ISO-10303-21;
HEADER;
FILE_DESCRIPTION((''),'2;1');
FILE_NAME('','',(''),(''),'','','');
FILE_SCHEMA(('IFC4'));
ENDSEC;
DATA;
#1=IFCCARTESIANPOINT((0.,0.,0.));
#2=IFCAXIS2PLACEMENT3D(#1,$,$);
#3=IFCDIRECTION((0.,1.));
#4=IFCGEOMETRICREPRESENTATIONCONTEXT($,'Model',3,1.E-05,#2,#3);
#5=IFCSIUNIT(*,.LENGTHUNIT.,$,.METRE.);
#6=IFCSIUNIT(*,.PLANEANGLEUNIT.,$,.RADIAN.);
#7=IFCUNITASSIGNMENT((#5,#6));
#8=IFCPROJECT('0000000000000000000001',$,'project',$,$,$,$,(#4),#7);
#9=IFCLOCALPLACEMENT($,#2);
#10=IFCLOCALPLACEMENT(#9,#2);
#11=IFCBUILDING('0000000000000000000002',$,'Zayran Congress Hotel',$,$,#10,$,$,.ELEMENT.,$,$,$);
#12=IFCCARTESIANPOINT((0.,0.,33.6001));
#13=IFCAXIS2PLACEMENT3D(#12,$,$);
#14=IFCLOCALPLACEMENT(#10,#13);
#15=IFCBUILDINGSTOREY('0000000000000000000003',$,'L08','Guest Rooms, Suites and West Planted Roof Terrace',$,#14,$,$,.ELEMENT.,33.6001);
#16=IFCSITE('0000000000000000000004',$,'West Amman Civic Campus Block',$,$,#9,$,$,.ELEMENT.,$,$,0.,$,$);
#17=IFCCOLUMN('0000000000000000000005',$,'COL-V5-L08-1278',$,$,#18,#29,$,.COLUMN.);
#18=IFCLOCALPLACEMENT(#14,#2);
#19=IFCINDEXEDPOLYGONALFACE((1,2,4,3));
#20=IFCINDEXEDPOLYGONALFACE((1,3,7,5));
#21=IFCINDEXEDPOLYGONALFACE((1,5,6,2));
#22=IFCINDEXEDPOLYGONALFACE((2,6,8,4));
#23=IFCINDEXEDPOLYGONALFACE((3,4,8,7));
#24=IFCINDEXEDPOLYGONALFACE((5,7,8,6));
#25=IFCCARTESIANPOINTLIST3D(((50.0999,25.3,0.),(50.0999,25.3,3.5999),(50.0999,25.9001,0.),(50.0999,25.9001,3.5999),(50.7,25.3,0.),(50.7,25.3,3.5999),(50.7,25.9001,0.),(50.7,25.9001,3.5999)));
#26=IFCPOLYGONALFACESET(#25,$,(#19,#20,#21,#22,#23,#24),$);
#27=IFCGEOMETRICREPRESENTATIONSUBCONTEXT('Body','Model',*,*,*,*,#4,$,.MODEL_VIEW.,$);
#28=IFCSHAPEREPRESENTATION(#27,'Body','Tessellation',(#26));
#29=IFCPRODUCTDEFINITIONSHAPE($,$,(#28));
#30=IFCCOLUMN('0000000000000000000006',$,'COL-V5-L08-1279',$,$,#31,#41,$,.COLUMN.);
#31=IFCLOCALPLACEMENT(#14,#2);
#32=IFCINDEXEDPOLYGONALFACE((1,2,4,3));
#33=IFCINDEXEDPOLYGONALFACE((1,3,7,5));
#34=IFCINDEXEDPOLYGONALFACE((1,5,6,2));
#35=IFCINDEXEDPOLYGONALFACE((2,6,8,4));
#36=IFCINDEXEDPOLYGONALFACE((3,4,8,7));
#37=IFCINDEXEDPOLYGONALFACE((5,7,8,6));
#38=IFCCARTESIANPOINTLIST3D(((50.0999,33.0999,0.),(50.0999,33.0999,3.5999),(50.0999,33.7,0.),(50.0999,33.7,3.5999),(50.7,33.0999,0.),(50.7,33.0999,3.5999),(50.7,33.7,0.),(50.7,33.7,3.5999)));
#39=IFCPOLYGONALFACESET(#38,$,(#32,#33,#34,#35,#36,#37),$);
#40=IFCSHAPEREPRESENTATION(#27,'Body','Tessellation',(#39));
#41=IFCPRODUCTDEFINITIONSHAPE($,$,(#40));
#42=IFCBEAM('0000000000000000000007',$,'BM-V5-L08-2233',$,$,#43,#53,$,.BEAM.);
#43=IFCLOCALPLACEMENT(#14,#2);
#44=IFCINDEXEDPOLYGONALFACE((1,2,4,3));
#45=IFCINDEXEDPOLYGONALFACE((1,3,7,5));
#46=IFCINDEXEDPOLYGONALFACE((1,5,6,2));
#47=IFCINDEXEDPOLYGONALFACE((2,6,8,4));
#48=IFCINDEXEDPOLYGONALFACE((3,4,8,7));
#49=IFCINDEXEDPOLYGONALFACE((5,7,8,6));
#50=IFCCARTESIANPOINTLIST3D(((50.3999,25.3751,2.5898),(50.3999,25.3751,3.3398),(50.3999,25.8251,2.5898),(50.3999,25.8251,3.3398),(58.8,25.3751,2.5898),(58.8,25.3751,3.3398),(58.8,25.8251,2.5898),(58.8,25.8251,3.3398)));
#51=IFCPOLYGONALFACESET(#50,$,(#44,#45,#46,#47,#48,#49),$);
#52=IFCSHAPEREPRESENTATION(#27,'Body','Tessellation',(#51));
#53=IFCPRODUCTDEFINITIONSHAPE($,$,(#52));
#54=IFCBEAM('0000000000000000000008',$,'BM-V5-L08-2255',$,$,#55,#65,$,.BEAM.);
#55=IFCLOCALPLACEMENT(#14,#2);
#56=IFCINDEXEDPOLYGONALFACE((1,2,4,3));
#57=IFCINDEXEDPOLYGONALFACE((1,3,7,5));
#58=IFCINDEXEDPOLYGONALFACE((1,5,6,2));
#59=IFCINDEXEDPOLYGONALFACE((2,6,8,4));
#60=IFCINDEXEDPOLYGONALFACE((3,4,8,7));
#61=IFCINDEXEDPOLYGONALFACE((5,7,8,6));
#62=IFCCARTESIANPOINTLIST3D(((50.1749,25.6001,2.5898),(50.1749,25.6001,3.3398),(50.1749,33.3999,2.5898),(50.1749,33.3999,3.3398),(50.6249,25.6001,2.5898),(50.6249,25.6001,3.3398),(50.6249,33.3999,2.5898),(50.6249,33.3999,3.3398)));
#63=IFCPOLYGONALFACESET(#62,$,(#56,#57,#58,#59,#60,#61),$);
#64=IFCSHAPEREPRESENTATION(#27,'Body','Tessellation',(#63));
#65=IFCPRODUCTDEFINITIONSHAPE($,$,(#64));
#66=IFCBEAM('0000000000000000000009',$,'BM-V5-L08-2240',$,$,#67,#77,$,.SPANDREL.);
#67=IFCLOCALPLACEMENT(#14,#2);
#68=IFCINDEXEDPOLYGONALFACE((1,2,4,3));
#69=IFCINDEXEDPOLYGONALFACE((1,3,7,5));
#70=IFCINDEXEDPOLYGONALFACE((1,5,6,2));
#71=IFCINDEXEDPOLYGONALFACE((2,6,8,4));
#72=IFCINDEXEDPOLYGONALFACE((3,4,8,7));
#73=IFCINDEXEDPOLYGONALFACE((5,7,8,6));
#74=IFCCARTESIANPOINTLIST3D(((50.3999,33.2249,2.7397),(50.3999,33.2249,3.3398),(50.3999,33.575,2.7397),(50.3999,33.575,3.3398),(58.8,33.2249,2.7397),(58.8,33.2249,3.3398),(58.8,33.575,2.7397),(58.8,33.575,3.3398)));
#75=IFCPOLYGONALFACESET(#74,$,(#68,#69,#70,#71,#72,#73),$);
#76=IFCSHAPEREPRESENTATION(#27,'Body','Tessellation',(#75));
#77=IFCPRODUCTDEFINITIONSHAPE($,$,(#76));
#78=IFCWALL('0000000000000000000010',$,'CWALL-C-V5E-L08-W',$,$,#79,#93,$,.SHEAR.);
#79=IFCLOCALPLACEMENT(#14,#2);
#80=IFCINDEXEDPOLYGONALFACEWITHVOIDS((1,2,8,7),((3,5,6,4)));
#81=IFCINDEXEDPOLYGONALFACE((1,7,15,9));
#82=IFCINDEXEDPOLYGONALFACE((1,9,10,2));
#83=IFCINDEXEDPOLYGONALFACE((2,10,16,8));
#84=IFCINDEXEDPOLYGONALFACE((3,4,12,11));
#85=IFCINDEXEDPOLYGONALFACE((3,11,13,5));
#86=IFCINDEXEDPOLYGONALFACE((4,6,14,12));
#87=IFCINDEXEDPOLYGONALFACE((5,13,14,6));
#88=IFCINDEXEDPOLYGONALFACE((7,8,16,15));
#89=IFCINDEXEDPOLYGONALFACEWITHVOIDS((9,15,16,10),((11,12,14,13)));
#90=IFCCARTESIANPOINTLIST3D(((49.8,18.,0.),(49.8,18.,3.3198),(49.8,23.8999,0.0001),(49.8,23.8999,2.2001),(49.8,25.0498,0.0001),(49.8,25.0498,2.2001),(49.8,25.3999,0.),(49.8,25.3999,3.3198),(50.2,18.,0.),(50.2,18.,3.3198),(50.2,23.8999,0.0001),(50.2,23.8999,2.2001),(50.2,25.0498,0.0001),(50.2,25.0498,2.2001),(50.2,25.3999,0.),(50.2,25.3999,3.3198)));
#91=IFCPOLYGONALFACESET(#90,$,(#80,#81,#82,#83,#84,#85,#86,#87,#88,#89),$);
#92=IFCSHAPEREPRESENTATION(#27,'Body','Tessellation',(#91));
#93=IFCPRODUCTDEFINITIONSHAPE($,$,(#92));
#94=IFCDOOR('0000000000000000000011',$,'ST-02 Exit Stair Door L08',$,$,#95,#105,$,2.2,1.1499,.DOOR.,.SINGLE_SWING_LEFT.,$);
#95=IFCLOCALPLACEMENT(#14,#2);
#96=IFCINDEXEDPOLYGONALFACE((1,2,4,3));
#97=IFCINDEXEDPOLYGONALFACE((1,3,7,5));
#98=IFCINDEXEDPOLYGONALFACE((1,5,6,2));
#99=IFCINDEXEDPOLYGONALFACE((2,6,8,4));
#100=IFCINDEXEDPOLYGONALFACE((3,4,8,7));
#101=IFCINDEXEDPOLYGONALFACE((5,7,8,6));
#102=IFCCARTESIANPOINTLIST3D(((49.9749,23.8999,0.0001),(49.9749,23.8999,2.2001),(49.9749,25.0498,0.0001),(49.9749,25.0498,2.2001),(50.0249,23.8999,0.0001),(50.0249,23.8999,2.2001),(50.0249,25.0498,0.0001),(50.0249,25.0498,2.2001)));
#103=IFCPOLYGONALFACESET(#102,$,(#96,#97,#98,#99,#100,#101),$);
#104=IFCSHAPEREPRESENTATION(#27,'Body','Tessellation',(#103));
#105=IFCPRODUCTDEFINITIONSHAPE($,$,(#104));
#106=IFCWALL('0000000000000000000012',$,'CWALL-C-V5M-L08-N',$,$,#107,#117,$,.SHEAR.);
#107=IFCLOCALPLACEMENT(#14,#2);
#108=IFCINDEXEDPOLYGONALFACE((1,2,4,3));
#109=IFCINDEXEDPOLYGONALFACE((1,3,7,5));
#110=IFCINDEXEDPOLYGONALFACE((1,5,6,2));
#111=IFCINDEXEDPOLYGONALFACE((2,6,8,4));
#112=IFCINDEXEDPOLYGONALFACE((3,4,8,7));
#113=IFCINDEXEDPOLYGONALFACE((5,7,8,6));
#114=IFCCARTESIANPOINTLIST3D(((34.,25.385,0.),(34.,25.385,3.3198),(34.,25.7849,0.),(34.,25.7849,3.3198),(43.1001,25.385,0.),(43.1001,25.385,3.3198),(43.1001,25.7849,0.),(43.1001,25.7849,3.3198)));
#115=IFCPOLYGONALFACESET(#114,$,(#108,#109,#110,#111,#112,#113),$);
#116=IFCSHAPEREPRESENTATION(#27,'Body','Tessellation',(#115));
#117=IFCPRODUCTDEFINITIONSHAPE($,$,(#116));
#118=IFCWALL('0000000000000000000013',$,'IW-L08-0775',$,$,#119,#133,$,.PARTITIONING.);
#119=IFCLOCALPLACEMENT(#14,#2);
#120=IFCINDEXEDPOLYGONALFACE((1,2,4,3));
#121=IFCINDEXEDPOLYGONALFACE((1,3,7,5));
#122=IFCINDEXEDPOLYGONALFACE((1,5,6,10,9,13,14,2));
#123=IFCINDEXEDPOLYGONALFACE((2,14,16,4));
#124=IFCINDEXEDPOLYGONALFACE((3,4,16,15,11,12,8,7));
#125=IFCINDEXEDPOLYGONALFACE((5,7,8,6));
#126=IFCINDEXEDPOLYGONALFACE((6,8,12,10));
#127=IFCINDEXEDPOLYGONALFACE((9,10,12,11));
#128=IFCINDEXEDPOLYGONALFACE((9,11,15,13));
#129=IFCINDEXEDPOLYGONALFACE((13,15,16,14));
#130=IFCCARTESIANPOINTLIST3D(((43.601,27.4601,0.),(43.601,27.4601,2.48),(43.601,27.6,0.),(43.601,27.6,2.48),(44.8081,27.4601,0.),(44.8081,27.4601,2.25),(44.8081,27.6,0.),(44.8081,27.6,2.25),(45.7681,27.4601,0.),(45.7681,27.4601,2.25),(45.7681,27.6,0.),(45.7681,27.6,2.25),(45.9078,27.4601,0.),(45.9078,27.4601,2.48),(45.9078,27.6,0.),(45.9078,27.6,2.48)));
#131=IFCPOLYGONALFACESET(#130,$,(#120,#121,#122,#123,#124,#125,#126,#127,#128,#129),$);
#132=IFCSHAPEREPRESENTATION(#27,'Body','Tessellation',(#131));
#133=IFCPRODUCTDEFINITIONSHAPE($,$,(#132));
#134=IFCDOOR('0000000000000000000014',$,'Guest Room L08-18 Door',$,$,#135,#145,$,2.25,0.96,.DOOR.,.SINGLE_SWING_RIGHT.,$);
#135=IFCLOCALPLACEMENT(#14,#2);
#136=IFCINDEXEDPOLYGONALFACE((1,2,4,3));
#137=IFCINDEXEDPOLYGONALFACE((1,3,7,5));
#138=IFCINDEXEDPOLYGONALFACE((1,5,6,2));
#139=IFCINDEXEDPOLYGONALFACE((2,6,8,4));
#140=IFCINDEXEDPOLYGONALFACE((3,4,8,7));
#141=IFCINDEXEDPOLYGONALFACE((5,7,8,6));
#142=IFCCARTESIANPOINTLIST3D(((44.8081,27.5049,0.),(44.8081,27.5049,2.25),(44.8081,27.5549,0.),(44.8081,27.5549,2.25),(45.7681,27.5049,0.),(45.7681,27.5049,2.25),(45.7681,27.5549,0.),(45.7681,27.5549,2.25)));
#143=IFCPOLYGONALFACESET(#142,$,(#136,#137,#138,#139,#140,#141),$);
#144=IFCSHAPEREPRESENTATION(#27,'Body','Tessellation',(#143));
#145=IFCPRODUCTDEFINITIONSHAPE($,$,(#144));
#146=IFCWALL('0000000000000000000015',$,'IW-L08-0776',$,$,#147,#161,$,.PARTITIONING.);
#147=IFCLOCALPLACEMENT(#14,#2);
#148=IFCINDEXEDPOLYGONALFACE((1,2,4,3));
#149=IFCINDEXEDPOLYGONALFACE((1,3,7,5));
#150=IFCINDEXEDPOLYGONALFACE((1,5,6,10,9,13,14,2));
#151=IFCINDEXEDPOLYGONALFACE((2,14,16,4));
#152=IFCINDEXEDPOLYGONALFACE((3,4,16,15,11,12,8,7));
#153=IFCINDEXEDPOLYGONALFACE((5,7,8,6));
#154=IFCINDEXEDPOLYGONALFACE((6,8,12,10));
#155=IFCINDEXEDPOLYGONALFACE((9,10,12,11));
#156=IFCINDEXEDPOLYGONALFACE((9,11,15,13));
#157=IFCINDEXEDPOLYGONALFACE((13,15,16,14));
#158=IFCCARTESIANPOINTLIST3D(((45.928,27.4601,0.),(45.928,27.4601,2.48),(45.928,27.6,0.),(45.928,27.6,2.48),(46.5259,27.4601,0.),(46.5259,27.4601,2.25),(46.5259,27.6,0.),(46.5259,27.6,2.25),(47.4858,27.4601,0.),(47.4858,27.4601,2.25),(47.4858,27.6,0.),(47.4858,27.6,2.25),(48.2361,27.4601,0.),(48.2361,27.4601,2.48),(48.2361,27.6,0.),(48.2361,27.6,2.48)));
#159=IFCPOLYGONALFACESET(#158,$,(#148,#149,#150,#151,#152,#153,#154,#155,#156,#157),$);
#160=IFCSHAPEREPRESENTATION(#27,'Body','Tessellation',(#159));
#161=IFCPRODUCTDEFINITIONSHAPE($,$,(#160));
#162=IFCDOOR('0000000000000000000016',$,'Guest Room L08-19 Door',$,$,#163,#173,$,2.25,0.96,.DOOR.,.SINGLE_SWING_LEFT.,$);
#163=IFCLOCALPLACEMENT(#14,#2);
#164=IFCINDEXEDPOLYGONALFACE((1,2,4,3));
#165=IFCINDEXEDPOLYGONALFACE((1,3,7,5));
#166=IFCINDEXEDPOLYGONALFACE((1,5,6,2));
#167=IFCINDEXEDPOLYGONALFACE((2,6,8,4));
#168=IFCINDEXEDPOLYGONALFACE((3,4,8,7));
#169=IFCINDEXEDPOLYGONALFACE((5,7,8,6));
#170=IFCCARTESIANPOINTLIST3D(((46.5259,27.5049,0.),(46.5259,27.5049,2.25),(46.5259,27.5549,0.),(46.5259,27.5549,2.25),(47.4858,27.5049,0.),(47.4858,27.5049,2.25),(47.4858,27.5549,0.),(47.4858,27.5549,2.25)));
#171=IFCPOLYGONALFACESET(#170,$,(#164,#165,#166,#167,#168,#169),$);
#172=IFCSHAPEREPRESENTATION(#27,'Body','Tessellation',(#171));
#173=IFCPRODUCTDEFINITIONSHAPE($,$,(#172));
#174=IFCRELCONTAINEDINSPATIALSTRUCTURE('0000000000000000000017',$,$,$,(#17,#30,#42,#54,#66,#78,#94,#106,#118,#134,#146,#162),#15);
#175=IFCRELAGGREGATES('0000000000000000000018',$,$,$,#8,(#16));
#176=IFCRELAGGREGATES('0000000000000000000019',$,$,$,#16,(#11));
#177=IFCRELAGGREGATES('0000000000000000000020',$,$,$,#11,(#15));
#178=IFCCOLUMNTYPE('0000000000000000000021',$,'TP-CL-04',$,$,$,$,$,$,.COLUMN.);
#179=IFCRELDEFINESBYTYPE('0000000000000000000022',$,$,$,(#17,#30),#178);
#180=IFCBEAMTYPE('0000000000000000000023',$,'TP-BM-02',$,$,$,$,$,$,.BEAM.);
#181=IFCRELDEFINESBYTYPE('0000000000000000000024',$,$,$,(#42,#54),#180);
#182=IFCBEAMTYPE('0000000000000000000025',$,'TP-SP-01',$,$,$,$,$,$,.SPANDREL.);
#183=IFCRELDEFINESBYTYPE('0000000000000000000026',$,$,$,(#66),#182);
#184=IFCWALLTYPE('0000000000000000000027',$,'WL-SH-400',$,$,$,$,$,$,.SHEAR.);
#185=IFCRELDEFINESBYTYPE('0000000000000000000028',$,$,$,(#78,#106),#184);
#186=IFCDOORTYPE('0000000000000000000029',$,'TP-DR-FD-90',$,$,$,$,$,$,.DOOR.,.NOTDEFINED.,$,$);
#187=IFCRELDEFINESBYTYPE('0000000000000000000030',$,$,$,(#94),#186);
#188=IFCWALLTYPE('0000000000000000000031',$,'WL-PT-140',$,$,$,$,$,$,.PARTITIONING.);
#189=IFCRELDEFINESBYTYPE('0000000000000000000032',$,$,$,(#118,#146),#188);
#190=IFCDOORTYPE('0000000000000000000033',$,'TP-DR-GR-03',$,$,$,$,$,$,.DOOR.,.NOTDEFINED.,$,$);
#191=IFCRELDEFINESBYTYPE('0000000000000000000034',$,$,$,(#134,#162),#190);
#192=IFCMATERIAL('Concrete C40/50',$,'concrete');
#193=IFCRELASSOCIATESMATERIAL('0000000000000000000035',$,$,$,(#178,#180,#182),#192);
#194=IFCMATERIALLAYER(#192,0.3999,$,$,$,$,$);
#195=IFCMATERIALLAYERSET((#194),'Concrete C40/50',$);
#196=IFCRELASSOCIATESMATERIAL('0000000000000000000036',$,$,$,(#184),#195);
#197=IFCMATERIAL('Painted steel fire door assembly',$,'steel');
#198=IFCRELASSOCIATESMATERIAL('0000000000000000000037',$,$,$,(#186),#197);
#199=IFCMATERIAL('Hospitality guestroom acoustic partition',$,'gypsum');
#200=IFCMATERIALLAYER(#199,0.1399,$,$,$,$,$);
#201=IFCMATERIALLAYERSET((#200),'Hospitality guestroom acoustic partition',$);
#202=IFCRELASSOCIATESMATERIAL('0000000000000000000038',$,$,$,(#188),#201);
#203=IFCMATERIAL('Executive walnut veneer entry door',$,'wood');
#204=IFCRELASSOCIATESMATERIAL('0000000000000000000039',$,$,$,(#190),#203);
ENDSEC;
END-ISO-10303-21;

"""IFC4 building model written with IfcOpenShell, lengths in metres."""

from ifc_helpers import new_model, si_unit, direction, frame, frame_2d, origin, origin_2d, place, context, subcontext, project, spatial, rectangle, extrude, material, layer, layer_set, material_profile, profile_set, type_object, element, fill, save


model = new_model("IFC4")

# Units and contexts
model_context = context("Model", 3, precision=1e-05, world=origin(), true_north=direction((0.0, 1.0)))
body_context = subcontext(model_context, "Body", "Model", "MODEL_VIEW")
ifc_project = project(units=[si_unit("LENGTHUNIT", "METRE"), si_unit("PLANEANGLEUNIT", "RADIAN")], contexts=[model_context])

# Site, building, storey
site_placement = place(None, origin())
site = spatial("IfcSite", under=ifc_project, at=site_placement, Name="West Amman Civic Campus Block", CompositionType="ELEMENT", RefElevation=0.0)
building_placement = place(site_placement, origin())
building = spatial("IfcBuilding", under=site, at=building_placement, Name="Zayran Congress Hotel", CompositionType="ELEMENT")
storey_placement = place(building_placement, frame((0.0, 0.0, 33.6001)))
storey = spatial("IfcBuildingStorey", under=building, at=storey_placement, Name="L08", Description="Guest Rooms, Suites and West Planted Roof Terrace", CompositionType="ELEMENT", Elevation=33.6001)

# Columns
ifc_material_1 = material(Name="Concrete C40/50", Category="concrete")
ifc_material_profile_1 = material_profile(ifc_material_1, rectangle(XDim=0.6001, YDim=0.6001, at=origin_2d()), Name="RC 600x600")
ifc_profile_set_1 = profile_set([ifc_material_profile_1], Name="Concrete C40/50")
column_type = type_object("IfcColumnType", Name="TP-CL-04", PredefinedType="COLUMN", material=ifc_profile_set_1)
for number, where, z_axis, x_axis, name in (
    (1, (50.3999, 25.6001, 0.0), (0.0, 0.0, 1.0), (1.0, 0.0, 0.0), "COL-V5-L08-1278"),
    (2, (50.3999, 33.3999, 0.0), (0.0, 0.0, 1.0), (1.0, 0.0, 0.0), "COL-V5-L08-1279"),
):
    element("IfcColumn", number, at=place(storey_placement, frame(where, z_axis=z_axis, x_axis=x_axis)), inside=storey, type_object=column_type, Name=name, PredefinedType="COLUMN", context=body_context, shape_type="SweptSolid", body=[
        extrude(rectangle(XDim=0.6001, YDim=0.6001, at=origin_2d()), origin(), (0.0, 0.0, 1.0), 3.5999),
    ])

# Beams
ifc_material_profile_2 = material_profile(ifc_material_1, rectangle(XDim=0.45, YDim=0.75, at=origin_2d()), Name="RC 450x750")
ifc_profile_set_2 = profile_set([ifc_material_profile_2], Name="Concrete C40/50")
beam_type_1 = type_object("IfcBeamType", Name="TP-BM-02", PredefinedType="BEAM", material=ifc_profile_set_2)
beam_1_placement = place(storey_placement, frame((50.3999, 25.6001, 2.9648), z_axis=(1.0, 0.0, 0.0), x_axis=(0.0, 1.0, 0.0)))
element("IfcBeam", 3, at=beam_1_placement, inside=storey, type_object=beam_type_1, Name="BM-V5-L08-2233", PredefinedType="BEAM", context=body_context, shape_type="SweptSolid", body=[
    extrude(rectangle(XDim=0.45, YDim=0.75, at=origin_2d()), origin(), (0.0, 0.0, 1.0), 8.4001),
])
beam_2_placement = place(storey_placement, frame((50.3999, 25.6001, 2.9648), z_axis=(0.0, 1.0, 0.0), x_axis=(-1.0, 0.0, 0.0)))
element("IfcBeam", 4, at=beam_2_placement, inside=storey, type_object=beam_type_1, Name="BM-V5-L08-2255", PredefinedType="BEAM", context=body_context, shape_type="SweptSolid", body=[
    extrude(rectangle(XDim=0.45, YDim=0.75, at=origin_2d()), origin(), (0.0, 0.0, 1.0), 7.7998),
])
ifc_material_profile_3 = material_profile(ifc_material_1, rectangle(XDim=0.3501, YDim=0.6001, at=origin_2d()), Name="RC 350x600")
ifc_profile_set_3 = profile_set([ifc_material_profile_3], Name="Concrete C40/50")
beam_type_2 = type_object("IfcBeamType", Name="TP-SP-01", PredefinedType="SPANDREL", material=ifc_profile_set_3)
beam_3_placement = place(storey_placement, frame((50.3999, 33.3999, 3.0398), z_axis=(1.0, 0.0, 0.0), x_axis=(0.0, 1.0, 0.0)))
element("IfcBeam", 5, at=beam_3_placement, inside=storey, type_object=beam_type_2, Name="BM-V5-L08-2240", PredefinedType="SPANDREL", context=body_context, shape_type="SweptSolid", body=[
    extrude(rectangle(XDim=0.3501, YDim=0.6001, at=origin_2d()), origin(), (0.0, 0.0, 1.0), 8.4001),
])

# Wall, opening, door
ifc_layer_1 = layer(ifc_material_1, 0.3999)
ifc_layer_set_1 = layer_set([ifc_layer_1], Name="Concrete C40/50")
wall_type_1 = type_object("IfcWallType", Name="WL-SH-400", PredefinedType="SHEAR", material=ifc_layer_set_1)
wall_1_placement = place(storey_placement, frame((50.0, 25.3999, 0.0), z_axis=(0.0, 0.0, 1.0), x_axis=(0.0, -1.0, 0.0)))
wall_1 = element("IfcWall", 6, at=wall_1_placement, inside=storey, type_object=wall_type_1, Name="CWALL-C-V5E-L08-W", PredefinedType="SHEAR", context=body_context, shape_type="SweptSolid", body=[
    extrude(rectangle(XDim=7.3999, YDim=0.3999, at=frame_2d((3.7, 0.0))), origin(), (0.0, 0.0, 1.0), 3.3198),
])
opening_1_placement = place(wall_1_placement, frame((0.3501, 0.0, 0.0)))
opening_1 = element("IfcOpeningElement", 7, at=opening_1_placement, cuts=wall_1, PredefinedType="OPENING", context=body_context, shape_type="SweptSolid", body=[
    extrude(rectangle(XDim=1.1499, YDim=2.2, at=frame_2d((0.575, 1.1001))), frame((0.0, 0.21, 0.0), z_axis=(0.0, -1.0, 0.0), x_axis=(1.0, 0.0, 0.0)), (0.0, 0.0, 1.0), 0.4199),
])
ifc_material_2 = material(Name="Painted steel fire door assembly", Category="steel")
door_type_1 = type_object("IfcDoorType", Name="TP-DR-FD-90", OperationType="NOTDEFINED", PredefinedType="DOOR", material=ifc_material_2)
door_1_placement = place(opening_1_placement, origin())
door_1 = element("IfcDoor", 8, at=door_1_placement, inside=storey, type_object=door_type_1, Name="ST-02 Exit Stair Door L08", OperationType="SINGLE_SWING_LEFT", OverallHeight=2.2, OverallWidth=1.1499, PredefinedType="DOOR", context=body_context, shape_type="SweptSolid", body=[
    extrude(rectangle(XDim=1.1499, YDim=2.2, at=frame_2d((0.575, 1.1001))), frame((0.0, 0.0249, 0.0), z_axis=(0.0, -1.0, 0.0), x_axis=(1.0, 0.0, 0.0)), (0.0, 0.0, 1.0), 0.05),
])
fill(opening_1, door_1)

# Wall
wall_2_placement = place(storey_placement, frame((43.1001, 25.585, 0.0), z_axis=(0.0, 0.0, 1.0), x_axis=(-1.0, 0.0, 0.0)))
element("IfcWall", 9, at=wall_2_placement, inside=storey, type_object=wall_type_1, Name="CWALL-C-V5M-L08-N", PredefinedType="SHEAR", context=body_context, shape_type="SweptSolid", body=[
    extrude(rectangle(XDim=9.1001, YDim=0.3999, at=frame_2d((4.55, 0.0))), origin(), (0.0, 0.0, 1.0), 3.3198),
])

# Walls, openings, doors
ifc_material_3 = material(Name="Hospitality guestroom acoustic partition", Category="gypsum")
ifc_layer_2 = layer(ifc_material_3, 0.1399)
ifc_layer_set_2 = layer_set([ifc_layer_2], Name="Hospitality guestroom acoustic partition")
wall_type_2 = type_object("IfcWallType", Name="WL-PT-140", PredefinedType="PARTITIONING", material=ifc_layer_set_2)
wall_3_placement = place(storey_placement, frame((43.6011, 27.53, 0.0), z_axis=(0.0, 0.0, 1.0), x_axis=(1.0, 0.0, 0.0)))
wall_3 = element("IfcWall", 10, at=wall_3_placement, inside=storey, type_object=wall_type_2, Name="IW-L08-0775", PredefinedType="PARTITIONING", context=body_context, shape_type="SweptSolid", body=[
    extrude(rectangle(XDim=2.3069, YDim=0.1399, at=frame_2d((1.1533, 0.0))), origin(), (0.0, 0.0, 1.0), 2.48),
])
opening_2_placement = place(wall_3_placement, frame((1.207, 0.0, 0.0)))
opening_2 = element("IfcOpeningElement", 11, at=opening_2_placement, cuts=wall_3, PredefinedType="OPENING", context=body_context, shape_type="SweptSolid", body=[
    extrude(rectangle(XDim=0.96, YDim=2.25, at=frame_2d((0.48, 1.125))), frame((0.0, 0.0798, 0.0), z_axis=(0.0, -1.0, 0.0), x_axis=(1.0, 0.0, 0.0)), (0.0, 0.0, 1.0), 0.1599),
])
ifc_material_4 = material(Name="Executive walnut veneer entry door", Category="wood")
door_type_2 = type_object("IfcDoorType", Name="TP-DR-GR-03", OperationType="NOTDEFINED", PredefinedType="DOOR", material=ifc_material_4)
door_2_placement = place(opening_2_placement, origin())
door_2 = element("IfcDoor", 12, at=door_2_placement, inside=storey, type_object=door_type_2, Name="Guest Room L08-18 Door", OperationType="SINGLE_SWING_RIGHT", OverallHeight=2.25, OverallWidth=0.96, PredefinedType="DOOR", context=body_context, shape_type="SweptSolid", body=[
    extrude(rectangle(XDim=0.96, YDim=2.25, at=frame_2d((0.48, 1.125))), frame((0.0, 0.0249, 0.0), z_axis=(0.0, -1.0, 0.0), x_axis=(1.0, 0.0, 0.0)), (0.0, 0.0, 1.0), 0.05),
])
fill(opening_2, door_2)
wall_4_placement = place(storey_placement, frame((45.928, 27.53, 0.0), z_axis=(0.0, 0.0, 1.0), x_axis=(1.0, 0.0, 0.0)))
wall_4 = element("IfcWall", 13, at=wall_4_placement, inside=storey, type_object=wall_type_2, Name="IW-L08-0776", PredefinedType="PARTITIONING", context=body_context, shape_type="SweptSolid", body=[
    extrude(rectangle(XDim=2.3081, YDim=0.1399, at=frame_2d((1.1541, 0.0))), origin(), (0.0, 0.0, 1.0), 2.48),
])
opening_3_placement = place(wall_4_placement, frame((0.5979, 0.0, 0.0)))
opening_3 = element("IfcOpeningElement", 14, at=opening_3_placement, cuts=wall_4, PredefinedType="OPENING", context=body_context, shape_type="SweptSolid", body=[
    extrude(rectangle(XDim=0.96, YDim=2.25, at=frame_2d((0.48, 1.125))), frame((0.0, 0.0798, 0.0), z_axis=(0.0, -1.0, 0.0), x_axis=(1.0, 0.0, 0.0)), (0.0, 0.0, 1.0), 0.1599),
])
door_3_placement = place(opening_3_placement, origin())
door_3 = element("IfcDoor", 15, at=door_3_placement, inside=storey, type_object=door_type_2, Name="Guest Room L08-19 Door", OperationType="SINGLE_SWING_LEFT", OverallHeight=2.25, OverallWidth=0.96, PredefinedType="DOOR", context=body_context, shape_type="SweptSolid", body=[
    extrude(rectangle(XDim=0.96, YDim=2.25, at=frame_2d((0.48, 1.125))), frame((0.0, 0.0249, 0.0), z_axis=(0.0, -1.0, 0.0), x_axis=(1.0, 0.0, 0.0)), (0.0, 0.0, 1.0), 0.05),
])
fill(opening_3, door_3)

save(model, "model.ifc")
